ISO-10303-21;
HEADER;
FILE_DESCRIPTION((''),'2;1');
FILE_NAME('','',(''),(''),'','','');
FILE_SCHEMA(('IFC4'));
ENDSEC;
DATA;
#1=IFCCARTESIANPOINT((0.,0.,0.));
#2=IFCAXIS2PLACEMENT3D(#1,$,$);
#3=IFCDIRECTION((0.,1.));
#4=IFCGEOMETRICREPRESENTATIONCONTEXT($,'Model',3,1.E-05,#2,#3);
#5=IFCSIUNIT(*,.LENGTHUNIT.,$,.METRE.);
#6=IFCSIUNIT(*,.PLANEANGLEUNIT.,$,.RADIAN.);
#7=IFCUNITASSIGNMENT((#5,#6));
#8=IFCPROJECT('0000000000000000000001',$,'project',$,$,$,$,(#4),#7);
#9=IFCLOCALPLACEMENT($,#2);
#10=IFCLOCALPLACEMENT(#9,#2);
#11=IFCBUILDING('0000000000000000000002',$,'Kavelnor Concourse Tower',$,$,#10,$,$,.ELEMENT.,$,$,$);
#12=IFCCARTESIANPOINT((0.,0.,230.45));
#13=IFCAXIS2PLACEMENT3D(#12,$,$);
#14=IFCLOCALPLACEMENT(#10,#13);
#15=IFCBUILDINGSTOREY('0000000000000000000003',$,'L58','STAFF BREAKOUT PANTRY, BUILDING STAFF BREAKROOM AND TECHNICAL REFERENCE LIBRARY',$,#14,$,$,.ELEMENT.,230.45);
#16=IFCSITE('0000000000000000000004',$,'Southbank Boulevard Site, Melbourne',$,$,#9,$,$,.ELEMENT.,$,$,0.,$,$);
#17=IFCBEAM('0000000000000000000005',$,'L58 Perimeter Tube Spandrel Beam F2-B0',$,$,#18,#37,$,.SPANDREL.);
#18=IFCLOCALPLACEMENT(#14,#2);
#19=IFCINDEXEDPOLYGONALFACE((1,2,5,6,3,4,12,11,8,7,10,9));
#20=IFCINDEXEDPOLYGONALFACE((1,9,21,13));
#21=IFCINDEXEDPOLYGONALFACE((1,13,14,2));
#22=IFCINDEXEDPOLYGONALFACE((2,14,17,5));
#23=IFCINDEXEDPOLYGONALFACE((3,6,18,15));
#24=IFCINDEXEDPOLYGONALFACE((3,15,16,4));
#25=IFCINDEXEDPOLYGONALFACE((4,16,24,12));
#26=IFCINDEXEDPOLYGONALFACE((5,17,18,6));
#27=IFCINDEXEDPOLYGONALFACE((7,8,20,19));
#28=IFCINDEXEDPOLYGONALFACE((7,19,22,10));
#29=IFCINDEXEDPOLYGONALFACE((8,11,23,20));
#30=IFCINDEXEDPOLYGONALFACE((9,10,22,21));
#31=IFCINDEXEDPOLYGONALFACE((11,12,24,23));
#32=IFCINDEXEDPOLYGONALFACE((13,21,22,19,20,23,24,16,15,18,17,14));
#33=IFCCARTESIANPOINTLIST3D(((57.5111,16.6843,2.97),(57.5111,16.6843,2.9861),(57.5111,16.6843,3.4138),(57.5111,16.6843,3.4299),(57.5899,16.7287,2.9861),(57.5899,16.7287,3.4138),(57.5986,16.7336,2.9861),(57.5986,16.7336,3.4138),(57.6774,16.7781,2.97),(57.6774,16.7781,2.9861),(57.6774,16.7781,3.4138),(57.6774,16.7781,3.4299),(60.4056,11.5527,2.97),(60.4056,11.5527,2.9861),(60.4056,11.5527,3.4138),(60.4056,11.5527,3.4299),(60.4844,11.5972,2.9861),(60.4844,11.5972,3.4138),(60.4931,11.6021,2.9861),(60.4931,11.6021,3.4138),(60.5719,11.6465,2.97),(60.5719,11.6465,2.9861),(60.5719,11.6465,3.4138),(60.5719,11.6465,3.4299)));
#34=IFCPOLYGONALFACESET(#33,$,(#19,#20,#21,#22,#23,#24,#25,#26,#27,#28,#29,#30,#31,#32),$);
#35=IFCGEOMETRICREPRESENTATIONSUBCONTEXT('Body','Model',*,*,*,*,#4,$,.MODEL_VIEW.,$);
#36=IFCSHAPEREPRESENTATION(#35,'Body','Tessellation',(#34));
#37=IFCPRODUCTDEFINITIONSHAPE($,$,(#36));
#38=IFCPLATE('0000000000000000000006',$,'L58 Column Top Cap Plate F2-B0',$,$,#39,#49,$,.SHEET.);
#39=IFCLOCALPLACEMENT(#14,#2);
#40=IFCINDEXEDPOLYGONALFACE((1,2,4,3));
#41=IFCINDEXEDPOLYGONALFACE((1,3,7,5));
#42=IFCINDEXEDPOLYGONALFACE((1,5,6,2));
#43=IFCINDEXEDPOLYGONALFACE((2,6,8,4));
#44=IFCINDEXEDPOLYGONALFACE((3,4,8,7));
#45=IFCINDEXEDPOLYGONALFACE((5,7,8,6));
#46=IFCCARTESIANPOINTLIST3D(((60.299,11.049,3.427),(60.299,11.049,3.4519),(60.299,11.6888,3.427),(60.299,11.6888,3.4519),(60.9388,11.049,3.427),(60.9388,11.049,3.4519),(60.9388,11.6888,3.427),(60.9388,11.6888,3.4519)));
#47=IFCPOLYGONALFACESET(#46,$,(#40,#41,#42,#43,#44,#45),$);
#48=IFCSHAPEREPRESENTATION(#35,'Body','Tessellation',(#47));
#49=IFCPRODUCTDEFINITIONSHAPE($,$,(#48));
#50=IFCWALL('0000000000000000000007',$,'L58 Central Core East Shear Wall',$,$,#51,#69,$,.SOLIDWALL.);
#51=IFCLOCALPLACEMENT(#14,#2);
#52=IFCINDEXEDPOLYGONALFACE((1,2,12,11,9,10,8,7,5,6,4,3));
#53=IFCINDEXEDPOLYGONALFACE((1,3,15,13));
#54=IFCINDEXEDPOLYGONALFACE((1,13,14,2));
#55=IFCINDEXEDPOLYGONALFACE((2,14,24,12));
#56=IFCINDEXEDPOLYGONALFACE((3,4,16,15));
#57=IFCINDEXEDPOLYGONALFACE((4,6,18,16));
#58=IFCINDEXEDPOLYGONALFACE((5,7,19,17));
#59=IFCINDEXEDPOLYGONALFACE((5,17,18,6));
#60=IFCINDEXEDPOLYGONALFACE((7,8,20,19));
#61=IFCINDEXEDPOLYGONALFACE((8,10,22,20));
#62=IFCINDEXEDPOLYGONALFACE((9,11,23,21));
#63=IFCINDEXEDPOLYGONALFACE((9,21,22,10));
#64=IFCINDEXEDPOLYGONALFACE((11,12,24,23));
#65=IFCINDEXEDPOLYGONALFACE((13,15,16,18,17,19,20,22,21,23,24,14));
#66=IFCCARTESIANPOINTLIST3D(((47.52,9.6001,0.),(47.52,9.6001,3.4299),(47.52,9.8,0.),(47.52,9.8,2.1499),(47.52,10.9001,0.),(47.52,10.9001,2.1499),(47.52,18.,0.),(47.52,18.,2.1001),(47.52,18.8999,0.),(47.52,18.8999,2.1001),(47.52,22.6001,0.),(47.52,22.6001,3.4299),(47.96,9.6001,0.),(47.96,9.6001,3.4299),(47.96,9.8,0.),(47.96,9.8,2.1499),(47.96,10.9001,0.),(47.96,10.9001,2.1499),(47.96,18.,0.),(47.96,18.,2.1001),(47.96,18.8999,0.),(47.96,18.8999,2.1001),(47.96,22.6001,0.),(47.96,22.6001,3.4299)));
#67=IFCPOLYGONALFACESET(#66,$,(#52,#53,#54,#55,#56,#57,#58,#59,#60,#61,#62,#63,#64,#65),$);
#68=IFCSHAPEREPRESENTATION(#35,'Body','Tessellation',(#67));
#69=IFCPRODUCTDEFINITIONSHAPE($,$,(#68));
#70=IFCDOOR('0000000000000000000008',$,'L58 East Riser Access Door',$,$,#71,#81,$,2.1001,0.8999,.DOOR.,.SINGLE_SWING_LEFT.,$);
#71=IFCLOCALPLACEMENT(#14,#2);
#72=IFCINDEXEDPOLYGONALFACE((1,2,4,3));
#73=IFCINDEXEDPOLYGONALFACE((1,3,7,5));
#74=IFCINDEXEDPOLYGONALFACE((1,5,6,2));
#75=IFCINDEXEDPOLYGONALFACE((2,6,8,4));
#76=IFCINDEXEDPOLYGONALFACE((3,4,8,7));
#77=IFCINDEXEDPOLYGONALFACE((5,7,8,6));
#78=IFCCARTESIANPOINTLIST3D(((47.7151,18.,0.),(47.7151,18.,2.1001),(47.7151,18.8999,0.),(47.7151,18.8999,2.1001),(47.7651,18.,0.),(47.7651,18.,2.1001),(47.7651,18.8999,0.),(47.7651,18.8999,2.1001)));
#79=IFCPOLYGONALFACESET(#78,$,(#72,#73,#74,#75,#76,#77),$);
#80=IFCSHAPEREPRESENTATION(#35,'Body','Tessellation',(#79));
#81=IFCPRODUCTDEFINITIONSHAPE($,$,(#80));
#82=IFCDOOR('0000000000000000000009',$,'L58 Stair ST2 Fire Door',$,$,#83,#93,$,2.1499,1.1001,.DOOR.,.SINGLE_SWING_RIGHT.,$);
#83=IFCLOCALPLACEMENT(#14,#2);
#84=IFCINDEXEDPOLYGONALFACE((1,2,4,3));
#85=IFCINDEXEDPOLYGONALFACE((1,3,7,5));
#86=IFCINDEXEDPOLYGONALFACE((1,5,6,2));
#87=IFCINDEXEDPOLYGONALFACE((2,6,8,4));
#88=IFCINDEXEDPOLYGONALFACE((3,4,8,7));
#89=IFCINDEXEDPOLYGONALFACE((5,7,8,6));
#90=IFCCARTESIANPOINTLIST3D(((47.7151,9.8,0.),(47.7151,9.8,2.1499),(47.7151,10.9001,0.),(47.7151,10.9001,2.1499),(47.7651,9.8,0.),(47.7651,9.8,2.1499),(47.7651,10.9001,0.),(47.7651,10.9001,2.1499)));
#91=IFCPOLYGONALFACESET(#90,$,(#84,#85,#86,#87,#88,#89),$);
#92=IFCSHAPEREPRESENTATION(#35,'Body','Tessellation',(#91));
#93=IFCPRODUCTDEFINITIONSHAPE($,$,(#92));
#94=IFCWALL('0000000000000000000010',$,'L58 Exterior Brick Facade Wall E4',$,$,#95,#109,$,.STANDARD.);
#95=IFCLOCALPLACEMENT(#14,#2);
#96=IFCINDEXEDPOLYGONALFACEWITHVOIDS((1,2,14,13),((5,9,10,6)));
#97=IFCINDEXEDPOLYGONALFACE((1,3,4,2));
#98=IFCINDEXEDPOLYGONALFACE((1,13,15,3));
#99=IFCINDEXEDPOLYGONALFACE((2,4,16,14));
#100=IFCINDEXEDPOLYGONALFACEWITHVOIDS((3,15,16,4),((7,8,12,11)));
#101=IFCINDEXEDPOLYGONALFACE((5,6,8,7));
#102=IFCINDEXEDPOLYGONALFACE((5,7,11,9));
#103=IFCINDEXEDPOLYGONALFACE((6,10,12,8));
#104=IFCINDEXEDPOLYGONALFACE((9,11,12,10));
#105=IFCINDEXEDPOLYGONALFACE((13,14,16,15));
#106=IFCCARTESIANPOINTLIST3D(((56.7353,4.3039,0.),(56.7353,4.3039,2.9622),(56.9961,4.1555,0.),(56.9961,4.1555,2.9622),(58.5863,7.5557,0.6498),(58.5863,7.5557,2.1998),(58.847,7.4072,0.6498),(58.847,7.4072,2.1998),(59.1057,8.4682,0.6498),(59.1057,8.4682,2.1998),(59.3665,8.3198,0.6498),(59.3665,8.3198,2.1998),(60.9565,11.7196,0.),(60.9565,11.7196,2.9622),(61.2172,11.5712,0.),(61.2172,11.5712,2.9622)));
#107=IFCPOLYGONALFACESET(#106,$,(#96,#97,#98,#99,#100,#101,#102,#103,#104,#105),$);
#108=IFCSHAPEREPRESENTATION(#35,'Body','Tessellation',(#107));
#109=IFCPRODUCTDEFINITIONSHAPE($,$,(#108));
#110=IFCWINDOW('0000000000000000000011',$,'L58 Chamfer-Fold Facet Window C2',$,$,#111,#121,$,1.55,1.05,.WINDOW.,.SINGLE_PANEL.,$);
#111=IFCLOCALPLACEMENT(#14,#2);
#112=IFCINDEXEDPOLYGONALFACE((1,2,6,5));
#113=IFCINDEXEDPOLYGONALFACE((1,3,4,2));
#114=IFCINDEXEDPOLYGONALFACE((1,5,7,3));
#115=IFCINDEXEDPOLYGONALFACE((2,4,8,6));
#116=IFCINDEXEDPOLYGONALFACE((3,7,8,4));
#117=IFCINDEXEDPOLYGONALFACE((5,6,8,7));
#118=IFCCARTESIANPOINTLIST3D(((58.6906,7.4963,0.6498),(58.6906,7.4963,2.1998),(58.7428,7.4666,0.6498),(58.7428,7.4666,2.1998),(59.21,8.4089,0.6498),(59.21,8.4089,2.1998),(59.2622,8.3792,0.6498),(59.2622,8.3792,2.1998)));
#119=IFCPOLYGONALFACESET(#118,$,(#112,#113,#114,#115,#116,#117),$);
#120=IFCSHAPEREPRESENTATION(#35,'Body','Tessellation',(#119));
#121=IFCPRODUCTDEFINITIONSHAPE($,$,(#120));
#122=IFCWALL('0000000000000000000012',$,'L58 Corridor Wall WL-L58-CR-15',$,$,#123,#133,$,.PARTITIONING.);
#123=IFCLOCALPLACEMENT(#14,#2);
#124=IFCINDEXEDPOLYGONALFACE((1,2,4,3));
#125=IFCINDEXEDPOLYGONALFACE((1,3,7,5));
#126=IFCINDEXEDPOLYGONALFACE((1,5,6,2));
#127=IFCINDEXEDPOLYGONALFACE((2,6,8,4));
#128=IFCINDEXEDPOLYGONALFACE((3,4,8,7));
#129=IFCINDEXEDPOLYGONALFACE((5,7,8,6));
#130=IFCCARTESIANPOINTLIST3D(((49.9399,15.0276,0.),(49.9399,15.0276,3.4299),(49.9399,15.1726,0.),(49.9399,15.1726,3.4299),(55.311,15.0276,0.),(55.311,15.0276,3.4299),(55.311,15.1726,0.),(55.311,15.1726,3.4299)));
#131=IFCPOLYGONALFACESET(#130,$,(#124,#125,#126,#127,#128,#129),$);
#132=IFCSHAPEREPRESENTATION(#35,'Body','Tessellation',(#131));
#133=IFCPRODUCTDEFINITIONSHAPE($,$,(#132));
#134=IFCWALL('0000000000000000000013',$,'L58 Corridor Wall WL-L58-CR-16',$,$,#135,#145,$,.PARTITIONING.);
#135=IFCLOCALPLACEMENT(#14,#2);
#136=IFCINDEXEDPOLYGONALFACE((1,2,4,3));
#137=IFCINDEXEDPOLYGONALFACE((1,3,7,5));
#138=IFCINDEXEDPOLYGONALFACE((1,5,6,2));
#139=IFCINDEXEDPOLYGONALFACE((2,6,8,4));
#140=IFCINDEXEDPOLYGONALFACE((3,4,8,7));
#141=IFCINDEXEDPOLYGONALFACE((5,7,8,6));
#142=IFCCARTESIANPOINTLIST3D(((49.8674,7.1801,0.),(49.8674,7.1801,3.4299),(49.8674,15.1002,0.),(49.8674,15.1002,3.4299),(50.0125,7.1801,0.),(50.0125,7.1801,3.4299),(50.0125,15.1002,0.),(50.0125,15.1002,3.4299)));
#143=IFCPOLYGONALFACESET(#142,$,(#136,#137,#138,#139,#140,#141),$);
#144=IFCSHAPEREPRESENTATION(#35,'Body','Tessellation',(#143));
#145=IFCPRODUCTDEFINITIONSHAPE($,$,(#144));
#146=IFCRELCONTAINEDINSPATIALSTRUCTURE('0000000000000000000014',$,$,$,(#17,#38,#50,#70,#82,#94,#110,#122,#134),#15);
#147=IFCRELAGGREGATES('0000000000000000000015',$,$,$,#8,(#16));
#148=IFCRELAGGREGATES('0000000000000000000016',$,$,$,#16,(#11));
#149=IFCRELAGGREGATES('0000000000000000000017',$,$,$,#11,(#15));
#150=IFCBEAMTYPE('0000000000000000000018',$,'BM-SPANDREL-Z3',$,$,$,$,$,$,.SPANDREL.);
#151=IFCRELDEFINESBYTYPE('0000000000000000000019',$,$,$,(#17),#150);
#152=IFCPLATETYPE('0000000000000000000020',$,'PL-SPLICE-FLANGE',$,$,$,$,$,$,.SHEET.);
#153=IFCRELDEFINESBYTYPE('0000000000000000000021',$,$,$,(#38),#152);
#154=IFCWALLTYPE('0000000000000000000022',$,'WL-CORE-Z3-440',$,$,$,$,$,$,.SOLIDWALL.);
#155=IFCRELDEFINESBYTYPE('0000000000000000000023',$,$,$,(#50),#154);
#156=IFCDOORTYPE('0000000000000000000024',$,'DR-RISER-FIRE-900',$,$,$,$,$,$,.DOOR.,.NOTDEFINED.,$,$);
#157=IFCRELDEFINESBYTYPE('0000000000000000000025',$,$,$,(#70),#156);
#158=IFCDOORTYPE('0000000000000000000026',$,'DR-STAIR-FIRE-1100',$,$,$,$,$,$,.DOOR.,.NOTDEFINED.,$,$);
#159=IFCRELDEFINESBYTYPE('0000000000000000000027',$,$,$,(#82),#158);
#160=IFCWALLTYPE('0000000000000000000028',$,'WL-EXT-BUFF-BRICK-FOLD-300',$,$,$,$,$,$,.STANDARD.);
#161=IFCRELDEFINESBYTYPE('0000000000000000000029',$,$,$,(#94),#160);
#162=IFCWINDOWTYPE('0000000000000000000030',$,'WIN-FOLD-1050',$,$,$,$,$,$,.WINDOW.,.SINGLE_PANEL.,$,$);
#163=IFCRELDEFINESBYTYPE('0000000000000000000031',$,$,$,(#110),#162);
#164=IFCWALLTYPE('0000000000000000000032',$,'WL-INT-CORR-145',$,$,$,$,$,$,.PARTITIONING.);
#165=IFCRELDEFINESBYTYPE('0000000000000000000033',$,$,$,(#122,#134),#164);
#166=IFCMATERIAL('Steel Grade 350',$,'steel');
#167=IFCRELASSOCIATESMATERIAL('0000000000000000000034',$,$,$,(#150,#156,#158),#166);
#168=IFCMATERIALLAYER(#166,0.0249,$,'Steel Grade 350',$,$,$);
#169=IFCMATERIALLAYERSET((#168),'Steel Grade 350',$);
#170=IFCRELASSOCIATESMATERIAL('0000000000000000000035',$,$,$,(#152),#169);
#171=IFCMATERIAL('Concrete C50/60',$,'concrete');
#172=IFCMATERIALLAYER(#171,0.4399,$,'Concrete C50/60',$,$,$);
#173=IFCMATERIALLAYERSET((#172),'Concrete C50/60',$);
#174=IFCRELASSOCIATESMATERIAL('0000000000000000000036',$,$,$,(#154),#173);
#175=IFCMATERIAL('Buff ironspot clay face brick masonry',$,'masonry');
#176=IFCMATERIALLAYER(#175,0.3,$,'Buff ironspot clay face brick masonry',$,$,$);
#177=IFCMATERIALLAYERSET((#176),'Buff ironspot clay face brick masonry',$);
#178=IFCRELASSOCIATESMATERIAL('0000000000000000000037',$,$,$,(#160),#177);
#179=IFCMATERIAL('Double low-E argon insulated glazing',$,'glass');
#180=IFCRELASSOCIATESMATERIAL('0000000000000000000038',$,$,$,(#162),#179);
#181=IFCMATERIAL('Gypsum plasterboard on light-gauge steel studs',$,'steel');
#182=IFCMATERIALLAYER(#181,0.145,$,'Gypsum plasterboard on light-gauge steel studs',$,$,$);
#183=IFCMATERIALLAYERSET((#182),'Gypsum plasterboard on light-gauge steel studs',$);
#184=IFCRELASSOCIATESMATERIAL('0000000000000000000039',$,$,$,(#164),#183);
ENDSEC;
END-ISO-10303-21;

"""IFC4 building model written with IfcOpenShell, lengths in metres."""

from ifc_helpers import new_model, si_unit, direction, frame, frame_2d, origin, origin_2d, place, context, subcontext, project, spatial, rectangle, i_section, extrude, material, layer, layer_set, material_profile, profile_set, type_object, element, fill, save


model = new_model("IFC4")

# Units and contexts
model_context = context("Model", 3, precision=1e-05, world=origin(), true_north=direction((0.0, 1.0)))
body_context = subcontext(model_context, "Body", "Model", "MODEL_VIEW")
ifc_project = project(units=[si_unit("LENGTHUNIT", "METRE"), si_unit("PLANEANGLEUNIT", "RADIAN")], contexts=[model_context])

# Site, building, storey
site_placement = place(None, origin())
site = spatial("IfcSite", under=ifc_project, at=site_placement, Name="Southbank Boulevard Site, Melbourne", CompositionType="ELEMENT", RefElevation=0.0)
building_placement = place(site_placement, origin())
building = spatial("IfcBuilding", under=site, at=building_placement, Name="Kavelnor Concourse Tower", CompositionType="ELEMENT")
storey_placement = place(building_placement, frame((0.0, 0.0, 230.45)))
storey = spatial("IfcBuildingStorey", under=building, at=storey_placement, Name="L58", Description="STAFF BREAKOUT PANTRY, BUILDING STAFF BREAKROOM AND TECHNICAL REFERENCE LIBRARY", CompositionType="ELEMENT", Elevation=230.45)

# Shared definitions
ifc_material_1 = material(Name="Steel Grade 350", Category="steel")

# Beam
ifc_material_profile_1 = material_profile(ifc_material_1, i_section(OverallWidth=0.1909, OverallDepth=0.46, WebThickness=0.01, FlangeThickness=0.0161, at=origin_2d()), Name="460UB82")
ifc_profile_set_1 = profile_set([ifc_material_profile_1], Name="Steel Grade 350")
beam_type_1 = type_object("IfcBeamType", Name="BM-SPANDREL-Z3", PredefinedType="SPANDREL", material=ifc_profile_set_1)
beam_1_placement = place(storey_placement, frame((60.4888, 11.5996, 3.2), z_axis=(-0.491294, 0.870994, 0.0), x_axis=(-0.870994, -0.491294, 0.0)))
element("IfcBeam", 1, at=beam_1_placement, inside=storey, type_object=beam_type_1, Name="L58 Perimeter Tube Spandrel Beam F2-B0", PredefinedType="SPANDREL", context=body_context, shape_type="SweptSolid", body=[
    extrude(i_section(OverallWidth=0.1909, OverallDepth=0.46, WebThickness=0.01, FlangeThickness=0.0161, at=origin_2d()), origin(), (0.0, 0.0, 1.0), 5.8916),
])

# Plate
ifc_layer_1 = layer(ifc_material_1, 0.0249, Name="Steel Grade 350")
ifc_layer_set_1 = layer_set([ifc_layer_1], Name="Steel Grade 350")
plate_type = type_object("IfcPlateType", Name="PL-SPLICE-FLANGE", PredefinedType="SHEET", material=ifc_layer_set_1)
plate_placement = place(storey_placement, frame((60.6189, 11.3689, 3.427), z_axis=(0.0, 0.0, 1.0), x_axis=(1.0, 0.0, 0.0)))
element("IfcPlate", 2, at=plate_placement, inside=storey, type_object=plate_type, Name="L58 Column Top Cap Plate F2-B0", PredefinedType="SHEET", context=body_context, shape_type="SweptSolid", body=[
    extrude(rectangle(XDim=0.6399, YDim=0.6399, at=origin_2d()), origin(), (0.0, 0.0, 1.0), 0.0249),
])

# Wall, openings, doors
ifc_material_2 = material(Name="Concrete C50/60", Category="concrete")
ifc_layer_2 = layer(ifc_material_2, 0.4399, Name="Concrete C50/60")
ifc_layer_set_2 = layer_set([ifc_layer_2], Name="Concrete C50/60")
wall_type_1 = type_object("IfcWallType", Name="WL-CORE-Z3-440", PredefinedType="SOLIDWALL", material=ifc_layer_set_2)
wall_1_placement = place(storey_placement, frame((47.74, 9.6001, 0.0), z_axis=(0.0, 0.0, 1.0), x_axis=(0.0, 1.0, 0.0)))
wall_1 = element("IfcWall", 3, at=wall_1_placement, inside=storey, type_object=wall_type_1, Name="L58 Central Core East Shear Wall", PredefinedType="SOLIDWALL", context=body_context, shape_type="SweptSolid", body=[
    extrude(rectangle(XDim=13.0, YDim=0.4399, at=frame_2d((6.5, 0.0))), origin(), (0.0, 0.0, 1.0), 3.4299),
])
opening_1_placement = place(wall_1_placement, frame((0.2, 0.0, 0.0)))
opening_1 = element("IfcOpeningElement", 4, at=opening_1_placement, cuts=wall_1, PredefinedType="OPENING", context=body_context, shape_type="SweptSolid", body=[
    extrude(rectangle(XDim=1.1001, YDim=2.1499, at=frame_2d((0.55, 1.075))), frame((0.0, 0.23, 0.0), z_axis=(0.0, -1.0, 0.0), x_axis=(1.0, 0.0, 0.0)), (0.0, 0.0, 1.0), 0.46),
])
opening_2_placement = place(wall_1_placement, frame((8.3999, 0.0, 0.0)))
opening_2 = element("IfcOpeningElement", 5, at=opening_2_placement, cuts=wall_1, PredefinedType="OPENING", context=body_context, shape_type="SweptSolid", body=[
    extrude(rectangle(XDim=0.8999, YDim=2.1001, at=frame_2d((0.45, 1.05))), frame((0.0, 0.23, 0.0), z_axis=(0.0, -1.0, 0.0), x_axis=(1.0, 0.0, 0.0)), (0.0, 0.0, 1.0), 0.46),
])
door_type_1 = type_object("IfcDoorType", Name="DR-RISER-FIRE-900", OperationType="NOTDEFINED", PredefinedType="DOOR", material=ifc_material_1)
door_1_placement = place(opening_2_placement, origin())
door_1 = element("IfcDoor", 6, at=door_1_placement, inside=storey, type_object=door_type_1, Name="L58 East Riser Access Door", OperationType="SINGLE_SWING_LEFT", OverallHeight=2.1001, OverallWidth=0.8999, PredefinedType="DOOR", context=body_context, shape_type="SweptSolid", body=[
    extrude(rectangle(XDim=0.8999, YDim=2.1001, at=frame_2d((0.45, 1.05))), frame((0.0, 0.0249, 0.0), z_axis=(0.0, -1.0, 0.0), x_axis=(1.0, 0.0, 0.0)), (0.0, 0.0, 1.0), 0.05),
])
fill(opening_2, door_1)
door_type_2 = type_object("IfcDoorType", Name="DR-STAIR-FIRE-1100", OperationType="NOTDEFINED", PredefinedType="DOOR", material=ifc_material_1)
door_2_placement = place(opening_1_placement, origin())
door_2 = element("IfcDoor", 7, at=door_2_placement, inside=storey, type_object=door_type_2, Name="L58 Stair ST2 Fire Door", OperationType="SINGLE_SWING_RIGHT", OverallHeight=2.1499, OverallWidth=1.1001, PredefinedType="DOOR", context=body_context, shape_type="SweptSolid", body=[
    extrude(rectangle(XDim=1.1001, YDim=2.1499, at=frame_2d((0.55, 1.075))), frame((0.0, 0.0249, 0.0), z_axis=(0.0, -1.0, 0.0), x_axis=(1.0, 0.0, 0.0)), (0.0, 0.0, 1.0), 0.05),
])
fill(opening_1, door_2)

# Wall, opening, window
ifc_material_3 = material(Name="Buff ironspot clay face brick masonry", Category="masonry")
ifc_layer_3 = layer(ifc_material_3, 0.3, Name="Buff ironspot clay face brick masonry")
ifc_layer_set_3 = layer_set([ifc_layer_3], Name="Buff ironspot clay face brick masonry")
wall_type_2 = type_object("IfcWallType", Name="WL-EXT-BUFF-BRICK-FOLD-300", PredefinedType="STANDARD", material=ifc_layer_set_3)
wall_2_placement = place(storey_placement, frame((61.0869, 11.6455, 0.0), z_axis=(0.0, 0.0, 1.0), x_axis=(-0.49469, -0.869069, 0.0)))
wall_2 = element("IfcWall", 8, at=wall_2_placement, inside=storey, type_object=wall_type_2, Name="L58 Exterior Brick Facade Wall E4", PredefinedType="STANDARD", context=body_context, shape_type="SweptSolid", body=[
    extrude(rectangle(XDim=8.533, YDim=0.3, at=frame_2d((4.2666, 0.0))), origin(), (0.0, 0.0, 1.0), 2.9622),
])
opening_3_placement = place(wall_2_placement, frame((3.7415, 0.0, 0.6499)))
opening_3 = element("IfcOpeningElement", 9, at=opening_3_placement, cuts=wall_2, PredefinedType="OPENING", context=body_context, shape_type="SweptSolid", body=[
    extrude(rectangle(XDim=1.05, YDim=1.55, at=frame_2d((0.5249, 0.7749))), frame((0.0, 0.1602, 0.0), z_axis=(0.0, -1.0, 0.0), x_axis=(1.0, 0.0, 0.0)), (0.0, 0.0, 1.0), 0.3201),
])
ifc_material_4 = material(Name="Double low-E argon insulated glazing", Category="glass")
window_type = type_object("IfcWindowType", Name="WIN-FOLD-1050", PartitioningType="SINGLE_PANEL", PredefinedType="WINDOW", material=ifc_material_4)
window_placement = place(opening_3_placement, origin())
window = element("IfcWindow", 10, at=window_placement, inside=storey, type_object=window_type, Name="L58 Chamfer-Fold Facet Window C2", OverallHeight=1.55, OverallWidth=1.05, PartitioningType="SINGLE_PANEL", PredefinedType="WINDOW", context=body_context, shape_type="SweptSolid", body=[
    extrude(rectangle(XDim=1.05, YDim=1.55, at=frame_2d((0.5249, 0.7749))), frame((0.0, 0.03, 0.0), z_axis=(0.0, -1.0, 0.0), x_axis=(1.0, 0.0, 0.0)), (0.0, 0.0, 1.0), 0.0601),
])
fill(opening_3, window)

# Walls
ifc_material_5 = material(Name="Gypsum plasterboard on light-gauge steel studs", Category="steel")
ifc_layer_4 = layer(ifc_material_5, 0.145, Name="Gypsum plasterboard on light-gauge steel studs")
ifc_layer_set_4 = layer_set([ifc_layer_4], Name="Gypsum plasterboard on light-gauge steel studs")
wall_type_3 = type_object("IfcWallType", Name="WL-INT-CORR-145", PredefinedType="PARTITIONING", material=ifc_layer_set_4)
wall_3_placement = place(storey_placement, frame((55.311, 15.1001, 0.0), z_axis=(0.0, 0.0, 1.0), x_axis=(-1.0, 0.0, 0.0)))
element("IfcWall", 11, at=wall_3_placement, inside=storey, type_object=wall_type_3, Name="L58 Corridor Wall WL-L58-CR-15", PredefinedType="PARTITIONING", context=body_context, shape_type="SweptSolid", body=[
    extrude(rectangle(XDim=5.3711, YDim=0.145, at=frame_2d((2.6855, 0.0))), origin(), (0.0, 0.0, 1.0), 3.4299),
])
wall_4_placement = place(storey_placement, frame((49.9399, 15.1001, 0.0), z_axis=(0.0, 0.0, 1.0), x_axis=(0.0, -1.0, 0.0)))
element("IfcWall", 12, at=wall_4_placement, inside=storey, type_object=wall_type_3, Name="L58 Corridor Wall WL-L58-CR-16", PredefinedType="PARTITIONING", context=body_context, shape_type="SweptSolid", body=[
    extrude(rectangle(XDim=7.9202, YDim=0.145, at=frame_2d((3.96, 0.0))), origin(), (0.0, 0.0, 1.0), 3.4299),
])

save(model, "model.ifc")
